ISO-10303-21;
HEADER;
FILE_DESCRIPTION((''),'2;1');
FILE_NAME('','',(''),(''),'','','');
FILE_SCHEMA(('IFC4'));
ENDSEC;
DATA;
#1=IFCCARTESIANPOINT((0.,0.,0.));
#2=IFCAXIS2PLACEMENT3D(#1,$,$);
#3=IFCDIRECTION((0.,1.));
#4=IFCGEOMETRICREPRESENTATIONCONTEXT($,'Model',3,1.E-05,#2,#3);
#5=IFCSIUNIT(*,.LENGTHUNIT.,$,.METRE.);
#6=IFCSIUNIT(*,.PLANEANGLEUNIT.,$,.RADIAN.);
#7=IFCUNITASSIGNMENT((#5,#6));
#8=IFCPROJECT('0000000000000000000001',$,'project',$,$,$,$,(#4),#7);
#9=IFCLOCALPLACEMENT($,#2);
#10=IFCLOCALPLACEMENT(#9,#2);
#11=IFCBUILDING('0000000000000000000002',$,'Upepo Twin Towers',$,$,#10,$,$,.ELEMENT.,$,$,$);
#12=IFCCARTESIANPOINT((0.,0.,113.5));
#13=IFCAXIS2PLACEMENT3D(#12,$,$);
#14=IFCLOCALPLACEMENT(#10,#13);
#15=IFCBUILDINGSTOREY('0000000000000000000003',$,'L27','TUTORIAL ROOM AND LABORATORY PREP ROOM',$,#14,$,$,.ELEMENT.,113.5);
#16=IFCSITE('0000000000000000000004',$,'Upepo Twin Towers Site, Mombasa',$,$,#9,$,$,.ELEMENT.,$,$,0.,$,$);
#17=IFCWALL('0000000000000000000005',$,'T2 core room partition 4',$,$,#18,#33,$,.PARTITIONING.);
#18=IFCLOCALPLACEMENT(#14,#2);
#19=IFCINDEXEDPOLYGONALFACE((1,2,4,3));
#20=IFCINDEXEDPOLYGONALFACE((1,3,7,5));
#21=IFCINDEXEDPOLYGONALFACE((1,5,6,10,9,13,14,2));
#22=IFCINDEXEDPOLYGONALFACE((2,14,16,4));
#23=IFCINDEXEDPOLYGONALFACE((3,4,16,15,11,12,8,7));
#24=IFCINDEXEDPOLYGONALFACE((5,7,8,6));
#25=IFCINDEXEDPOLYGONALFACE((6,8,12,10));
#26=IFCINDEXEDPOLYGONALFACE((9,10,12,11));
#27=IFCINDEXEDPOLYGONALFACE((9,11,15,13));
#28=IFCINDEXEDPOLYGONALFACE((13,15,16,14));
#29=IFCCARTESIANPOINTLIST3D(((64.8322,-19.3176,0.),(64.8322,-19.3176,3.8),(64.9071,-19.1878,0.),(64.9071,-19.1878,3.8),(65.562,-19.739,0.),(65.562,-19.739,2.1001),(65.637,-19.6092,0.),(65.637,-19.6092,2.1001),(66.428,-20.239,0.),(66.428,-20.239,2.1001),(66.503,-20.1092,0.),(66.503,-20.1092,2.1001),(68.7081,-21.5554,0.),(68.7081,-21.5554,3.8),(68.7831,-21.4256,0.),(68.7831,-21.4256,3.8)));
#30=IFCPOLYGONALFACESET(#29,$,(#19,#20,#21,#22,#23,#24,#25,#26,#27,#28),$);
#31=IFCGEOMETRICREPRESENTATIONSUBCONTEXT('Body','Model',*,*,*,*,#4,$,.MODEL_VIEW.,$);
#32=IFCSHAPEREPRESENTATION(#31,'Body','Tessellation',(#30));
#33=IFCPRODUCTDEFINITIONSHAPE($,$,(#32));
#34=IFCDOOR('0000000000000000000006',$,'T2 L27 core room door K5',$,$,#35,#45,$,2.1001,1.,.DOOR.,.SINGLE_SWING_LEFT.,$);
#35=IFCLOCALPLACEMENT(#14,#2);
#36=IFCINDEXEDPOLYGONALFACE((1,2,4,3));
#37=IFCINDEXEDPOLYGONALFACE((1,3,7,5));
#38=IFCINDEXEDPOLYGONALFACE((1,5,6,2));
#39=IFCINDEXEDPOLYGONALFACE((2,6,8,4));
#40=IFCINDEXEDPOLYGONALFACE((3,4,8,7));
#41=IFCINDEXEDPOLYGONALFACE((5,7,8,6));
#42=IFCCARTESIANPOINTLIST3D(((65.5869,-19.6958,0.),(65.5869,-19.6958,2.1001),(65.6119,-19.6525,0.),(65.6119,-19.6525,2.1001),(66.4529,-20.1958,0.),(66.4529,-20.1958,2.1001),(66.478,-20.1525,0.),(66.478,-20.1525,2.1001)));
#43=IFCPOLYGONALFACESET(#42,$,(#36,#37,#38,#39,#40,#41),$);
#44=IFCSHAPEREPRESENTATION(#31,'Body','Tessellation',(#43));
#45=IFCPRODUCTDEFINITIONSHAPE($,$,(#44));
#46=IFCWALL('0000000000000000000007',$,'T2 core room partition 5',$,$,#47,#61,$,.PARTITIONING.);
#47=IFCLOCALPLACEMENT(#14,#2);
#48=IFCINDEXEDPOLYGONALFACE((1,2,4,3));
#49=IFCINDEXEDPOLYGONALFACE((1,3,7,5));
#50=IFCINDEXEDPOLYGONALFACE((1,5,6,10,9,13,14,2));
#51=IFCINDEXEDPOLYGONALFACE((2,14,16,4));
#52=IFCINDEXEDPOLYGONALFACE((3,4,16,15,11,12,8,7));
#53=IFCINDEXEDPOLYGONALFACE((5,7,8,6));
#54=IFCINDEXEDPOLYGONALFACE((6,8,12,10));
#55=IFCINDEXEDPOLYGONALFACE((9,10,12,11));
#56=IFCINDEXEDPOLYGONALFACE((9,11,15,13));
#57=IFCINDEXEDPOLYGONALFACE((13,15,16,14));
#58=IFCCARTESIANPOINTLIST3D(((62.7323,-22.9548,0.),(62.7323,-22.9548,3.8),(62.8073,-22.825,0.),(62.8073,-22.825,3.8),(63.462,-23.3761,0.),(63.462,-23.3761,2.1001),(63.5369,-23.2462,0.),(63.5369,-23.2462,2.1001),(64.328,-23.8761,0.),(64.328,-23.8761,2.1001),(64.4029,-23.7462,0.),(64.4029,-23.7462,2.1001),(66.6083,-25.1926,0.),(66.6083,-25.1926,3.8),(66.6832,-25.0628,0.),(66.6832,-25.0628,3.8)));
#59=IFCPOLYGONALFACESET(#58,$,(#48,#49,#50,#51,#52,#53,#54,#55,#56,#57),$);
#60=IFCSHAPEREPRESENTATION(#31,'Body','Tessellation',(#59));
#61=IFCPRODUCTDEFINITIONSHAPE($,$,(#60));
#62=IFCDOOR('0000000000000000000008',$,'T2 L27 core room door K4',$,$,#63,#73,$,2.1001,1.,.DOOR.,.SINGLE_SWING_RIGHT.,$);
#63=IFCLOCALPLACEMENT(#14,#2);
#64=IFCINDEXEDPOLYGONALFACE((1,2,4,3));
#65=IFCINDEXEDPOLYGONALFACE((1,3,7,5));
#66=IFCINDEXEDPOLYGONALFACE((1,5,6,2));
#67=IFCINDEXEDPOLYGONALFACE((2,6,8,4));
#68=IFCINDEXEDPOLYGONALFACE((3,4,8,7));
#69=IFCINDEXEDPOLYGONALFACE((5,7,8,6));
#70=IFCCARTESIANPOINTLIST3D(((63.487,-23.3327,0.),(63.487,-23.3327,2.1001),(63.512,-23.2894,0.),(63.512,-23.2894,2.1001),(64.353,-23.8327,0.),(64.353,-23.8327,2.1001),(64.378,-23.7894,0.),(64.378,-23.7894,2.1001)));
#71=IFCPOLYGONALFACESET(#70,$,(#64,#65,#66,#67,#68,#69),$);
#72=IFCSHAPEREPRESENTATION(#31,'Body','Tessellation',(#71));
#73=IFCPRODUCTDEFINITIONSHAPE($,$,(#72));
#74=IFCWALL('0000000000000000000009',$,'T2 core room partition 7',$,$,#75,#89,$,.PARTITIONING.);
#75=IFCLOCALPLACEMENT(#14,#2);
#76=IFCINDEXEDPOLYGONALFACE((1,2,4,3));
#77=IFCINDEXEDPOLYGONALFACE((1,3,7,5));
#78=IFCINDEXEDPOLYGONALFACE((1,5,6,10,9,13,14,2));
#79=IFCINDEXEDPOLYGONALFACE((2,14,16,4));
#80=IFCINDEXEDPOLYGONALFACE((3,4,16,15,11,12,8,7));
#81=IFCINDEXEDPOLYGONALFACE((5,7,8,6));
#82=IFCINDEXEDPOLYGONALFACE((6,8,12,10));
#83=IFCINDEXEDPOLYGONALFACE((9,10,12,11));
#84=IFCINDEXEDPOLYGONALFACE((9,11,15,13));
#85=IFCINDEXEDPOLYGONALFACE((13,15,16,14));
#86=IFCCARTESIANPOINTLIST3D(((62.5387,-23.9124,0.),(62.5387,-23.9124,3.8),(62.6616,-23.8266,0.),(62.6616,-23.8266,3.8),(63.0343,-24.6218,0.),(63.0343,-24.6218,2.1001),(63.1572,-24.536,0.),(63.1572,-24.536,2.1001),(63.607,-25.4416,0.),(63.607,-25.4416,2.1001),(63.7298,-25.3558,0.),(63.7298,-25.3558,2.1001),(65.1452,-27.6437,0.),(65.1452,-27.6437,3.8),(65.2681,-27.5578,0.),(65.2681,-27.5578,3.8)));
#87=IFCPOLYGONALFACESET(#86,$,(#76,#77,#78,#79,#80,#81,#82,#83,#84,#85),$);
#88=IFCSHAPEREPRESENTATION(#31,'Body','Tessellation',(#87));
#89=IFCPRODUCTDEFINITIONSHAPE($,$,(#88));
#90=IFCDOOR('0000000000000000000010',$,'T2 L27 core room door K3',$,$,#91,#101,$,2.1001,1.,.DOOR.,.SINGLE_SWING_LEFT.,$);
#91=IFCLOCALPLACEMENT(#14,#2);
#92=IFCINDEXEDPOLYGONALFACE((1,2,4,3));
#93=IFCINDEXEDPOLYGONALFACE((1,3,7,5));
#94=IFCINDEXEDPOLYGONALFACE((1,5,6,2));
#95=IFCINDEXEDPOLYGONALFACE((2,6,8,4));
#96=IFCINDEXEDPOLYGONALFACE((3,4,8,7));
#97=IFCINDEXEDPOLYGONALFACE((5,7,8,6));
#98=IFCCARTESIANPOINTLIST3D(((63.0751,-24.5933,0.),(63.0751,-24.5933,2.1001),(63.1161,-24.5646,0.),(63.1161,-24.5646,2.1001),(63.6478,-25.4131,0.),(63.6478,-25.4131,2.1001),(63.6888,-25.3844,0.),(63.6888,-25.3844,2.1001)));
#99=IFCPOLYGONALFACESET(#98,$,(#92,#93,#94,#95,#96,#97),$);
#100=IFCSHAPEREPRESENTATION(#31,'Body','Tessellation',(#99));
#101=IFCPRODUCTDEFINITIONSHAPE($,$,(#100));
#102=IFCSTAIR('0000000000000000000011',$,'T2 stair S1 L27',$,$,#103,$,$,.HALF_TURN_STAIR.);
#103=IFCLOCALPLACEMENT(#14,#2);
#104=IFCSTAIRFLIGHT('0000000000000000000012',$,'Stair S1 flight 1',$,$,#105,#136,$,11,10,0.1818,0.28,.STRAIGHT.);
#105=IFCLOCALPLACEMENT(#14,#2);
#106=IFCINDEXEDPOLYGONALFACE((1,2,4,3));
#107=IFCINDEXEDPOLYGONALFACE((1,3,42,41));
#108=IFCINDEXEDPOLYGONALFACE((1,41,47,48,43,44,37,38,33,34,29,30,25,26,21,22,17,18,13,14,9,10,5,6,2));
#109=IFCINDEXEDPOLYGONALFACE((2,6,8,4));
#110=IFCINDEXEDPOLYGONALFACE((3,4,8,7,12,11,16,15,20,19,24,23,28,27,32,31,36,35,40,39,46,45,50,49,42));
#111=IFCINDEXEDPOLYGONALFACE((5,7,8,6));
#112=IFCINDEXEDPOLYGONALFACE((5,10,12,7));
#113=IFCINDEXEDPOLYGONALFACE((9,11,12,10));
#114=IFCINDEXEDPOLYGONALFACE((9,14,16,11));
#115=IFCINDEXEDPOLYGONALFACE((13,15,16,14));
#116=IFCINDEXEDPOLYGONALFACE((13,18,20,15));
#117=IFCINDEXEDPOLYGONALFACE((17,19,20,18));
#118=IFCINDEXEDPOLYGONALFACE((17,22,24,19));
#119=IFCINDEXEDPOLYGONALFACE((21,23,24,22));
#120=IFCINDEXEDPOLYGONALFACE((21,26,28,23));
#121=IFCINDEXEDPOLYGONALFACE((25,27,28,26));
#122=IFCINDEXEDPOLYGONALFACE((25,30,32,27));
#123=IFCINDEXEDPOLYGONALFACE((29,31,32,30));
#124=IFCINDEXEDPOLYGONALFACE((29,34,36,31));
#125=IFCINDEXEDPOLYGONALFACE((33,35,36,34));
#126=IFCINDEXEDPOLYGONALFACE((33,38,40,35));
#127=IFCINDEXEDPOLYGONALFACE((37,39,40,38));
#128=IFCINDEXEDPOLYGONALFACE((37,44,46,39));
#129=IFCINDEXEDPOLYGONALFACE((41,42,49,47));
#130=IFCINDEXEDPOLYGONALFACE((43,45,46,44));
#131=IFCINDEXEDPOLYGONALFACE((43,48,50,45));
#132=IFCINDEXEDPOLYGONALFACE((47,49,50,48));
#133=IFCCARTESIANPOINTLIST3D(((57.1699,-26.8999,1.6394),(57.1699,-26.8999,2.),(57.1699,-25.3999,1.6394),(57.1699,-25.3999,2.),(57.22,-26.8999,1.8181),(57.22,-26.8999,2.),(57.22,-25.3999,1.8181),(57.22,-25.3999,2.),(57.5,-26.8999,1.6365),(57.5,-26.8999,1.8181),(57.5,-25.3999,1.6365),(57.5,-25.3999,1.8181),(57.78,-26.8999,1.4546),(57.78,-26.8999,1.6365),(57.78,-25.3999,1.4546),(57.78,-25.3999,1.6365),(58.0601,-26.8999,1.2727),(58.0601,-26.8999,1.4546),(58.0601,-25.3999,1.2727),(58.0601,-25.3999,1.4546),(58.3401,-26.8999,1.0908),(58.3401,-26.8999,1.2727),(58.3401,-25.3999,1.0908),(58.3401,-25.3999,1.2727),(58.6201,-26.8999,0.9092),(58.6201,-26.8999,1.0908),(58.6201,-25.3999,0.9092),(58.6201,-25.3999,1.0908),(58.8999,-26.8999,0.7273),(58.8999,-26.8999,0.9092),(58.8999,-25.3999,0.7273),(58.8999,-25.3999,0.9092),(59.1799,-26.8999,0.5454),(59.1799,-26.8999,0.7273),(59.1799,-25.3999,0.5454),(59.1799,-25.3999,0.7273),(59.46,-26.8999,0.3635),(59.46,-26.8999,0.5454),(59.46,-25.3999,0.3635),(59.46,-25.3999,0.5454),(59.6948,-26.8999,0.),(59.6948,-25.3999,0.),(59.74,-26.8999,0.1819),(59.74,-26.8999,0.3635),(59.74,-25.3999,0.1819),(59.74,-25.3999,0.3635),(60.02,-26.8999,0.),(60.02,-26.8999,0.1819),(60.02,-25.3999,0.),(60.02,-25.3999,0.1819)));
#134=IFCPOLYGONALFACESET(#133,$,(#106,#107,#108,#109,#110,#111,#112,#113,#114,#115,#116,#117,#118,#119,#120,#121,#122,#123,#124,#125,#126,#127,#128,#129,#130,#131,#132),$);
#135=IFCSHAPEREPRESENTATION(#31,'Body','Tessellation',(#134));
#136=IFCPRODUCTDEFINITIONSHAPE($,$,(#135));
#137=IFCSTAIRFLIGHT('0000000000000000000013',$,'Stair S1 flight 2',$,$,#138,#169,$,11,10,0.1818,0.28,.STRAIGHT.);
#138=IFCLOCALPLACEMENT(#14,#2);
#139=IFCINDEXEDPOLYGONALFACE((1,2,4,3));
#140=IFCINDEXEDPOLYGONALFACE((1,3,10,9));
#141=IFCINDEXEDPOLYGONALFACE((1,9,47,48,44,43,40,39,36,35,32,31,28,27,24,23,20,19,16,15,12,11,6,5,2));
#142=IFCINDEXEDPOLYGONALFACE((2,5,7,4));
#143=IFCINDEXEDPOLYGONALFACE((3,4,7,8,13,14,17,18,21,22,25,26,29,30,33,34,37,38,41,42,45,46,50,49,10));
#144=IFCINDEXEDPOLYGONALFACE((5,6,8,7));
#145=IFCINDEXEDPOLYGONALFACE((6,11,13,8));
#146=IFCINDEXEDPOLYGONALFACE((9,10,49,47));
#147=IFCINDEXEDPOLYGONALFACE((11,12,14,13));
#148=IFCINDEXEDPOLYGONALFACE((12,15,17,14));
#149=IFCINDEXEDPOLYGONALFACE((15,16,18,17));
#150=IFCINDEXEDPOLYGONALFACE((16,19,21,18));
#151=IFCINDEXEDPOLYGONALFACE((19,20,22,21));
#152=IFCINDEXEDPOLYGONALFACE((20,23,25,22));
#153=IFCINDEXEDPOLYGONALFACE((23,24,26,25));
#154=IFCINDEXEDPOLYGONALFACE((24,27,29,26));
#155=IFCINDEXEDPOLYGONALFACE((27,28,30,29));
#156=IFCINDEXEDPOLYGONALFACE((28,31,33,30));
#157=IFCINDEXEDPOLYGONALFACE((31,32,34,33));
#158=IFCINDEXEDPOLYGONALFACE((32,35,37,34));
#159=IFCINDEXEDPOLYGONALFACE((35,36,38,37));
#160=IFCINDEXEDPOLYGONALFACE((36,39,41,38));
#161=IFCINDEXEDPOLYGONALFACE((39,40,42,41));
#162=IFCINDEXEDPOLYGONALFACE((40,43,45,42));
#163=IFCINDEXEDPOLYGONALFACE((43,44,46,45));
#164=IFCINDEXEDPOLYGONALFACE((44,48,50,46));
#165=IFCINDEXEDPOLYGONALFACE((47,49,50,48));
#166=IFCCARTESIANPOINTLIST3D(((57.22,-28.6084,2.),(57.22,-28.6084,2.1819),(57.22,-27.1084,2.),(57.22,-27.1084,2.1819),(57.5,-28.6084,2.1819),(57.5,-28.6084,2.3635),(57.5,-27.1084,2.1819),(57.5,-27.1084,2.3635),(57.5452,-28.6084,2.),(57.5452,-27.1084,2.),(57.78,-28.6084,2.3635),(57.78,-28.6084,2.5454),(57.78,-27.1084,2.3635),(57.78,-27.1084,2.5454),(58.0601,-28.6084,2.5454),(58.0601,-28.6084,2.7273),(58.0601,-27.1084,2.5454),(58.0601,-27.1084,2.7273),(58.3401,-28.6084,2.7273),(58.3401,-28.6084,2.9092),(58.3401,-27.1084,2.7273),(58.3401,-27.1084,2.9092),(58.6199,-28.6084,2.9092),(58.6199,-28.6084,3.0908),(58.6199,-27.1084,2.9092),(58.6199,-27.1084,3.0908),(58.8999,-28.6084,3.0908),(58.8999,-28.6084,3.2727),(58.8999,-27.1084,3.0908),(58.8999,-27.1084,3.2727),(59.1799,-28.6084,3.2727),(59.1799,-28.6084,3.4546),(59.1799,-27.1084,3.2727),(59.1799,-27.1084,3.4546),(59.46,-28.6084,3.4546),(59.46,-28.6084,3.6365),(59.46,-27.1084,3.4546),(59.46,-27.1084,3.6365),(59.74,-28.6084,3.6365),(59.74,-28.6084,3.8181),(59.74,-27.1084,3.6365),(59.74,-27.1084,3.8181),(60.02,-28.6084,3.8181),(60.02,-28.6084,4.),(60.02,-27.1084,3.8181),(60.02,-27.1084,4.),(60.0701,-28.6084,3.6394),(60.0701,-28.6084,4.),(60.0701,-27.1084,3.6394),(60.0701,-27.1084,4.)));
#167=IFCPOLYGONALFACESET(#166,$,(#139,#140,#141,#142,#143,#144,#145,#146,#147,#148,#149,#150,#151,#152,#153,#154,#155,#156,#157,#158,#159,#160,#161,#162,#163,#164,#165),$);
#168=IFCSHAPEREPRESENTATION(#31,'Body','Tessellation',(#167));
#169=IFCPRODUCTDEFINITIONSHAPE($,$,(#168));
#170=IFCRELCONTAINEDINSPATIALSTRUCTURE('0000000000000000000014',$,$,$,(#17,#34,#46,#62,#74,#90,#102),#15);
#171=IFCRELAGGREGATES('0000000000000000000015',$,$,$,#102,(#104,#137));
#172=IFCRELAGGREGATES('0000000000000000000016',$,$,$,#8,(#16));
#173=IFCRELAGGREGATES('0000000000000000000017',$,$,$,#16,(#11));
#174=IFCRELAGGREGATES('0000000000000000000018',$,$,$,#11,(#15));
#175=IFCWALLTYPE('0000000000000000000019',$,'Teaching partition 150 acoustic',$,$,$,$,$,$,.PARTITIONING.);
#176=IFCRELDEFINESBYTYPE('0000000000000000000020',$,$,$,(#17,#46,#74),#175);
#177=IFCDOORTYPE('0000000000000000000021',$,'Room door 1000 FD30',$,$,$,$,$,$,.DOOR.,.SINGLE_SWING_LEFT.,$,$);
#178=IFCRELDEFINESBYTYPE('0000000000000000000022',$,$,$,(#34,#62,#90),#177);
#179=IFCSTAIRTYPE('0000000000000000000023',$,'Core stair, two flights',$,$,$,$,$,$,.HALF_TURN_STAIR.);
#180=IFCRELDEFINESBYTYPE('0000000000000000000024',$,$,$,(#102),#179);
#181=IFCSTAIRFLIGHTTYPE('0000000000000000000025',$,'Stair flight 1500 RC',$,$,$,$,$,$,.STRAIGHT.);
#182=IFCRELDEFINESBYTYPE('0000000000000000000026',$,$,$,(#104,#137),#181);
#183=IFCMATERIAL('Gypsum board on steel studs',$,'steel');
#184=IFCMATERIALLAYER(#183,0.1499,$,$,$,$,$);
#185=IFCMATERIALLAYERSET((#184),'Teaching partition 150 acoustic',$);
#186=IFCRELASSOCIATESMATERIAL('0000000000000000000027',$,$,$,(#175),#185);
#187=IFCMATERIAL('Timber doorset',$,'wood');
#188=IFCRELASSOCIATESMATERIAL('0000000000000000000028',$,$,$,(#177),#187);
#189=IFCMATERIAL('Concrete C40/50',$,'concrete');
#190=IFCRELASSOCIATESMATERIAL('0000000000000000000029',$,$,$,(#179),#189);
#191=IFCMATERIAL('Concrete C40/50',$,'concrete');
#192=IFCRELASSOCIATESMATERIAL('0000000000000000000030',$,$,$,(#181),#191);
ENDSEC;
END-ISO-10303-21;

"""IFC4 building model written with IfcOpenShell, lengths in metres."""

from ifc_helpers import new_model, si_unit, direction, frame, frame_2d, origin, place, context, subcontext, project, spatial, polyline, rectangle, outline, extrude, material, layer, layer_set, type_object, element, fill, aggregate, save


model = new_model("IFC4")

# Units and contexts
model_context = context("Model", 3, precision=1e-05, world=origin(), true_north=direction((0.0, 1.0)))
body_context = subcontext(model_context, "Body", "Model", "MODEL_VIEW")
ifc_project = project(units=[si_unit("LENGTHUNIT", "METRE"), si_unit("PLANEANGLEUNIT", "RADIAN")], contexts=[model_context])

# Site, building, storey
site_placement = place(None, origin())
site = spatial("IfcSite", under=ifc_project, at=site_placement, Name="Upepo Twin Towers Site, Mombasa", CompositionType="ELEMENT", RefElevation=0.0)
building_placement = place(site_placement, origin())
building = spatial("IfcBuilding", under=site, at=building_placement, Name="Upepo Twin Towers", CompositionType="ELEMENT")
storey_placement = place(building_placement, frame((0.0, 0.0, 113.5)))
storey = spatial("IfcBuildingStorey", under=building, at=storey_placement, Name="L27", Description="TUTORIAL ROOM AND LABORATORY PREP ROOM", CompositionType="ELEMENT", Elevation=113.5)

# Walls, openings, doors
ifc_material_1 = material(Name="Gypsum board on steel studs", Category="steel")
ifc_layer_1 = layer(ifc_material_1, 0.1499)
ifc_layer_set_1 = layer_set([ifc_layer_1], Name="Teaching partition 150 acoustic")
wall_type_1 = type_object("IfcWallType", Name="Teaching partition 150 acoustic", PredefinedType="PARTITIONING", material=ifc_layer_set_1)
wall_1_placement = place(storey_placement, frame((64.8696, -19.2527, 0.0), z_axis=(0.0, 0.0, 1.0), x_axis=(0.866026, -0.499999, 0.0)))
wall_1 = element("IfcWall", 1, at=wall_1_placement, inside=storey, type_object=wall_type_1, Name="T2 core room partition 4", PredefinedType="PARTITIONING", context=body_context, shape_type="SweptSolid", body=[
    extrude(rectangle(XDim=4.4756, YDim=0.1499, at=frame_2d((2.2378, 0.0))), origin(), (0.0, 0.0, 1.0), 3.8),
])
opening_1_placement = place(wall_1_placement, frame((0.8428, 0.0, 0.0)))
opening_1 = element("IfcOpeningElement", 2, at=opening_1_placement, cuts=wall_1, PredefinedType="OPENING", context=body_context, shape_type="SweptSolid", body=[
    extrude(rectangle(XDim=1.0, YDim=2.1001, at=frame_2d((0.5, 1.05))), frame((0.0, 0.085, 0.0), z_axis=(0.0, -1.0, 0.0), x_axis=(1.0, 0.0, 0.0)), (0.0, 0.0, 1.0), 0.1699),
])
ifc_material_2 = material(Name="Timber doorset", Category="wood")
door_type_1 = type_object("IfcDoorType", Name="Room door 1000 FD30", OperationType="SINGLE_SWING_LEFT", PredefinedType="DOOR", material=ifc_material_2)
door_1_placement = place(opening_1_placement, origin())
door_1 = element("IfcDoor", 3, at=door_1_placement, inside=storey, type_object=door_type_1, Name="T2 L27 core room door K5", OperationType="SINGLE_SWING_LEFT", OverallHeight=2.1001, OverallWidth=1.0, PredefinedType="DOOR", context=body_context, shape_type="SweptSolid", body=[
    extrude(rectangle(XDim=1.0, YDim=2.1001, at=frame_2d((0.5, 1.05))), frame((0.0, 0.0249, 0.0), z_axis=(0.0, -1.0, 0.0), x_axis=(1.0, 0.0, 0.0)), (0.0, 0.0, 1.0), 0.05),
])
fill(opening_1, door_1)
wall_2_placement = place(storey_placement, frame((66.6458, -25.1277, 0.0), z_axis=(0.0, 0.0, 1.0), x_axis=(-0.866026, 0.499999, 0.0)))
wall_2 = element("IfcWall", 4, at=wall_2_placement, inside=storey, type_object=wall_type_1, Name="T2 core room partition 5", PredefinedType="PARTITIONING", context=body_context, shape_type="SweptSolid", body=[
    extrude(rectangle(XDim=4.4756, YDim=0.1499, at=frame_2d((2.2378, 0.0))), origin(), (0.0, 0.0, 1.0), 3.8),
])
opening_2_placement = place(wall_2_placement, frame((2.6331, 0.0, 0.0)))
opening_2 = element("IfcOpeningElement", 5, at=opening_2_placement, cuts=wall_2, PredefinedType="OPENING", context=body_context, shape_type="SweptSolid", body=[
    extrude(rectangle(XDim=1.0, YDim=2.1001, at=frame_2d((0.5, 1.05))), frame((0.0, 0.085, 0.0), z_axis=(0.0, -1.0, 0.0), x_axis=(1.0, 0.0, 0.0)), (0.0, 0.0, 1.0), 0.1699),
])
door_2_placement = place(opening_2_placement, origin())
door_2 = element("IfcDoor", 6, at=door_2_placement, inside=storey, type_object=door_type_1, Name="T2 L27 core room door K4", OperationType="SINGLE_SWING_RIGHT", OverallHeight=2.1001, OverallWidth=1.0, PredefinedType="DOOR", context=body_context, shape_type="SweptSolid", body=[
    extrude(rectangle(XDim=1.0, YDim=2.1001, at=frame_2d((0.5, 1.05))), frame((0.0, 0.0249, 0.0), z_axis=(0.0, -1.0, 0.0), x_axis=(1.0, 0.0, 0.0)), (0.0, 0.0, 1.0), 0.05),
])
fill(opening_2, door_2)
wall_3_placement = place(storey_placement, frame((62.6001, -23.8694, 0.0), z_axis=(0.0, 0.0, 1.0), x_axis=(0.572666, -0.819788, 0.0)))
wall_3 = element("IfcWall", 7, at=wall_3_placement, inside=storey, type_object=wall_type_1, Name="T2 core room partition 7", PredefinedType="PARTITIONING", context=body_context, shape_type="SweptSolid", body=[
    extrude(rectangle(XDim=4.5515, YDim=0.1499, at=frame_2d((2.2759, 0.0))), origin(), (0.0, 0.0, 1.0), 3.8),
])
opening_3_placement = place(wall_3_placement, frame((0.8655, 0.0, 0.0)))
opening_3 = element("IfcOpeningElement", 8, at=opening_3_placement, cuts=wall_3, PredefinedType="OPENING", context=body_context, shape_type="SweptSolid", body=[
    extrude(rectangle(XDim=1.0, YDim=2.1001, at=frame_2d((0.5, 1.05))), frame((0.0, 0.085, 0.0), z_axis=(0.0, -1.0, 0.0), x_axis=(1.0, 0.0, 0.0)), (0.0, 0.0, 1.0), 0.1699),
])
door_3_placement = place(opening_3_placement, origin())
door_3 = element("IfcDoor", 9, at=door_3_placement, inside=storey, type_object=door_type_1, Name="T2 L27 core room door K3", OperationType="SINGLE_SWING_LEFT", OverallHeight=2.1001, OverallWidth=1.0, PredefinedType="DOOR", context=body_context, shape_type="SweptSolid", body=[
    extrude(rectangle(XDim=1.0, YDim=2.1001, at=frame_2d((0.5, 1.05))), frame((0.0, 0.0249, 0.0), z_axis=(0.0, -1.0, 0.0), x_axis=(1.0, 0.0, 0.0)), (0.0, 0.0, 1.0), 0.05),
])
fill(opening_3, door_3)

# Stair, stair flights
ifc_material_3 = material(Name="Concrete C40/50", Category="concrete")
stair_type = type_object("IfcStairType", Name="Core stair, two flights", PredefinedType="HALF_TURN_STAIR", material=ifc_material_3)
stair_placement = place(storey_placement, origin())
stair = element("IfcStair", 10, at=stair_placement, inside=storey, type_object=stair_type, Name="T2 stair S1 L27", PredefinedType="HALF_TURN_STAIR")
ifc_material_4 = material(Name="Concrete C40/50", Category="concrete")
stair_flight_type = type_object("IfcStairFlightType", Name="Stair flight 1500 RC", PredefinedType="STRAIGHT", material=ifc_material_4)
stair_flight_1_placement = place(storey_placement, frame((60.02, -26.1499, 0.0), z_axis=(0.0, 0.0, 1.0), x_axis=(-1.0, 0.0, 0.0)))
stair_flight_1 = element("IfcStairFlight", 11, at=stair_flight_1_placement, type_object=stair_flight_type, Name="Stair S1 flight 1", NumberOfRisers=11, NumberOfTreads=10, PredefinedType="STRAIGHT", RiserHeight=0.1818, TreadLength=0.28, context=body_context, shape_type="SweptSolid", body=[
    extrude(outline(polyline([(0.0, 0.0), (0.0, 0.1819), (0.28, 0.1819), (0.28, 0.3635), (0.5601, 0.3635), (0.5601, 0.5454), (0.8401, 0.5454), (0.8401, 0.7273), (1.1201, 0.7273), (1.1201, 0.9092), (1.3999, 0.9092), (1.3999, 1.0908), (1.6799, 1.0908), (1.6799, 1.2727), (1.96, 1.2727), (1.96, 1.4546), (2.24, 1.4546), (2.24, 1.6365), (2.52, 1.6365), (2.52, 1.8181), (2.8, 1.8181), (2.8, 2.0), (2.8501, 2.0), (2.8501, 1.6394), (0.3252, 0.0), (0.0, 0.0)])), frame((0.0, 0.75, 0.0), z_axis=(0.0, -1.0, 0.0), x_axis=(1.0, 0.0, 0.0)), (0.0, 0.0, 1.0), 1.5),
])
stair_flight_2_placement = place(storey_placement, frame((57.22, -27.8584, 2.0), z_axis=(0.0, 0.0, 1.0), x_axis=(1.0, 0.0, 0.0)))
stair_flight_2 = element("IfcStairFlight", 12, at=stair_flight_2_placement, type_object=stair_flight_type, Name="Stair S1 flight 2", NumberOfRisers=11, NumberOfTreads=10, PredefinedType="STRAIGHT", RiserHeight=0.1818, TreadLength=0.28, context=body_context, shape_type="SweptSolid", body=[
    extrude(outline(polyline([(0.0, 0.0), (0.0, 0.1819), (0.28, 0.1819), (0.28, 0.3635), (0.5601, 0.3635), (0.5601, 0.5454), (0.8401, 0.5454), (0.8401, 0.7273), (1.1201, 0.7273), (1.1201, 0.9092), (1.3999, 0.9092), (1.3999, 1.0908), (1.6799, 1.0908), (1.6799, 1.2727), (1.96, 1.2727), (1.96, 1.4546), (2.24, 1.4546), (2.24, 1.6365), (2.52, 1.6365), (2.52, 1.8181), (2.8, 1.8181), (2.8, 2.0), (2.8501, 2.0), (2.8501, 1.6394), (0.3252, 0.0), (0.0, 0.0)])), frame((0.0, 0.75, 0.0), z_axis=(0.0, -1.0, 0.0), x_axis=(1.0, 0.0, 0.0)), (0.0, 0.0, 1.0), 1.5),
])
aggregate(stair, [stair_flight_1, stair_flight_2])

save(model, "model.ifc")
